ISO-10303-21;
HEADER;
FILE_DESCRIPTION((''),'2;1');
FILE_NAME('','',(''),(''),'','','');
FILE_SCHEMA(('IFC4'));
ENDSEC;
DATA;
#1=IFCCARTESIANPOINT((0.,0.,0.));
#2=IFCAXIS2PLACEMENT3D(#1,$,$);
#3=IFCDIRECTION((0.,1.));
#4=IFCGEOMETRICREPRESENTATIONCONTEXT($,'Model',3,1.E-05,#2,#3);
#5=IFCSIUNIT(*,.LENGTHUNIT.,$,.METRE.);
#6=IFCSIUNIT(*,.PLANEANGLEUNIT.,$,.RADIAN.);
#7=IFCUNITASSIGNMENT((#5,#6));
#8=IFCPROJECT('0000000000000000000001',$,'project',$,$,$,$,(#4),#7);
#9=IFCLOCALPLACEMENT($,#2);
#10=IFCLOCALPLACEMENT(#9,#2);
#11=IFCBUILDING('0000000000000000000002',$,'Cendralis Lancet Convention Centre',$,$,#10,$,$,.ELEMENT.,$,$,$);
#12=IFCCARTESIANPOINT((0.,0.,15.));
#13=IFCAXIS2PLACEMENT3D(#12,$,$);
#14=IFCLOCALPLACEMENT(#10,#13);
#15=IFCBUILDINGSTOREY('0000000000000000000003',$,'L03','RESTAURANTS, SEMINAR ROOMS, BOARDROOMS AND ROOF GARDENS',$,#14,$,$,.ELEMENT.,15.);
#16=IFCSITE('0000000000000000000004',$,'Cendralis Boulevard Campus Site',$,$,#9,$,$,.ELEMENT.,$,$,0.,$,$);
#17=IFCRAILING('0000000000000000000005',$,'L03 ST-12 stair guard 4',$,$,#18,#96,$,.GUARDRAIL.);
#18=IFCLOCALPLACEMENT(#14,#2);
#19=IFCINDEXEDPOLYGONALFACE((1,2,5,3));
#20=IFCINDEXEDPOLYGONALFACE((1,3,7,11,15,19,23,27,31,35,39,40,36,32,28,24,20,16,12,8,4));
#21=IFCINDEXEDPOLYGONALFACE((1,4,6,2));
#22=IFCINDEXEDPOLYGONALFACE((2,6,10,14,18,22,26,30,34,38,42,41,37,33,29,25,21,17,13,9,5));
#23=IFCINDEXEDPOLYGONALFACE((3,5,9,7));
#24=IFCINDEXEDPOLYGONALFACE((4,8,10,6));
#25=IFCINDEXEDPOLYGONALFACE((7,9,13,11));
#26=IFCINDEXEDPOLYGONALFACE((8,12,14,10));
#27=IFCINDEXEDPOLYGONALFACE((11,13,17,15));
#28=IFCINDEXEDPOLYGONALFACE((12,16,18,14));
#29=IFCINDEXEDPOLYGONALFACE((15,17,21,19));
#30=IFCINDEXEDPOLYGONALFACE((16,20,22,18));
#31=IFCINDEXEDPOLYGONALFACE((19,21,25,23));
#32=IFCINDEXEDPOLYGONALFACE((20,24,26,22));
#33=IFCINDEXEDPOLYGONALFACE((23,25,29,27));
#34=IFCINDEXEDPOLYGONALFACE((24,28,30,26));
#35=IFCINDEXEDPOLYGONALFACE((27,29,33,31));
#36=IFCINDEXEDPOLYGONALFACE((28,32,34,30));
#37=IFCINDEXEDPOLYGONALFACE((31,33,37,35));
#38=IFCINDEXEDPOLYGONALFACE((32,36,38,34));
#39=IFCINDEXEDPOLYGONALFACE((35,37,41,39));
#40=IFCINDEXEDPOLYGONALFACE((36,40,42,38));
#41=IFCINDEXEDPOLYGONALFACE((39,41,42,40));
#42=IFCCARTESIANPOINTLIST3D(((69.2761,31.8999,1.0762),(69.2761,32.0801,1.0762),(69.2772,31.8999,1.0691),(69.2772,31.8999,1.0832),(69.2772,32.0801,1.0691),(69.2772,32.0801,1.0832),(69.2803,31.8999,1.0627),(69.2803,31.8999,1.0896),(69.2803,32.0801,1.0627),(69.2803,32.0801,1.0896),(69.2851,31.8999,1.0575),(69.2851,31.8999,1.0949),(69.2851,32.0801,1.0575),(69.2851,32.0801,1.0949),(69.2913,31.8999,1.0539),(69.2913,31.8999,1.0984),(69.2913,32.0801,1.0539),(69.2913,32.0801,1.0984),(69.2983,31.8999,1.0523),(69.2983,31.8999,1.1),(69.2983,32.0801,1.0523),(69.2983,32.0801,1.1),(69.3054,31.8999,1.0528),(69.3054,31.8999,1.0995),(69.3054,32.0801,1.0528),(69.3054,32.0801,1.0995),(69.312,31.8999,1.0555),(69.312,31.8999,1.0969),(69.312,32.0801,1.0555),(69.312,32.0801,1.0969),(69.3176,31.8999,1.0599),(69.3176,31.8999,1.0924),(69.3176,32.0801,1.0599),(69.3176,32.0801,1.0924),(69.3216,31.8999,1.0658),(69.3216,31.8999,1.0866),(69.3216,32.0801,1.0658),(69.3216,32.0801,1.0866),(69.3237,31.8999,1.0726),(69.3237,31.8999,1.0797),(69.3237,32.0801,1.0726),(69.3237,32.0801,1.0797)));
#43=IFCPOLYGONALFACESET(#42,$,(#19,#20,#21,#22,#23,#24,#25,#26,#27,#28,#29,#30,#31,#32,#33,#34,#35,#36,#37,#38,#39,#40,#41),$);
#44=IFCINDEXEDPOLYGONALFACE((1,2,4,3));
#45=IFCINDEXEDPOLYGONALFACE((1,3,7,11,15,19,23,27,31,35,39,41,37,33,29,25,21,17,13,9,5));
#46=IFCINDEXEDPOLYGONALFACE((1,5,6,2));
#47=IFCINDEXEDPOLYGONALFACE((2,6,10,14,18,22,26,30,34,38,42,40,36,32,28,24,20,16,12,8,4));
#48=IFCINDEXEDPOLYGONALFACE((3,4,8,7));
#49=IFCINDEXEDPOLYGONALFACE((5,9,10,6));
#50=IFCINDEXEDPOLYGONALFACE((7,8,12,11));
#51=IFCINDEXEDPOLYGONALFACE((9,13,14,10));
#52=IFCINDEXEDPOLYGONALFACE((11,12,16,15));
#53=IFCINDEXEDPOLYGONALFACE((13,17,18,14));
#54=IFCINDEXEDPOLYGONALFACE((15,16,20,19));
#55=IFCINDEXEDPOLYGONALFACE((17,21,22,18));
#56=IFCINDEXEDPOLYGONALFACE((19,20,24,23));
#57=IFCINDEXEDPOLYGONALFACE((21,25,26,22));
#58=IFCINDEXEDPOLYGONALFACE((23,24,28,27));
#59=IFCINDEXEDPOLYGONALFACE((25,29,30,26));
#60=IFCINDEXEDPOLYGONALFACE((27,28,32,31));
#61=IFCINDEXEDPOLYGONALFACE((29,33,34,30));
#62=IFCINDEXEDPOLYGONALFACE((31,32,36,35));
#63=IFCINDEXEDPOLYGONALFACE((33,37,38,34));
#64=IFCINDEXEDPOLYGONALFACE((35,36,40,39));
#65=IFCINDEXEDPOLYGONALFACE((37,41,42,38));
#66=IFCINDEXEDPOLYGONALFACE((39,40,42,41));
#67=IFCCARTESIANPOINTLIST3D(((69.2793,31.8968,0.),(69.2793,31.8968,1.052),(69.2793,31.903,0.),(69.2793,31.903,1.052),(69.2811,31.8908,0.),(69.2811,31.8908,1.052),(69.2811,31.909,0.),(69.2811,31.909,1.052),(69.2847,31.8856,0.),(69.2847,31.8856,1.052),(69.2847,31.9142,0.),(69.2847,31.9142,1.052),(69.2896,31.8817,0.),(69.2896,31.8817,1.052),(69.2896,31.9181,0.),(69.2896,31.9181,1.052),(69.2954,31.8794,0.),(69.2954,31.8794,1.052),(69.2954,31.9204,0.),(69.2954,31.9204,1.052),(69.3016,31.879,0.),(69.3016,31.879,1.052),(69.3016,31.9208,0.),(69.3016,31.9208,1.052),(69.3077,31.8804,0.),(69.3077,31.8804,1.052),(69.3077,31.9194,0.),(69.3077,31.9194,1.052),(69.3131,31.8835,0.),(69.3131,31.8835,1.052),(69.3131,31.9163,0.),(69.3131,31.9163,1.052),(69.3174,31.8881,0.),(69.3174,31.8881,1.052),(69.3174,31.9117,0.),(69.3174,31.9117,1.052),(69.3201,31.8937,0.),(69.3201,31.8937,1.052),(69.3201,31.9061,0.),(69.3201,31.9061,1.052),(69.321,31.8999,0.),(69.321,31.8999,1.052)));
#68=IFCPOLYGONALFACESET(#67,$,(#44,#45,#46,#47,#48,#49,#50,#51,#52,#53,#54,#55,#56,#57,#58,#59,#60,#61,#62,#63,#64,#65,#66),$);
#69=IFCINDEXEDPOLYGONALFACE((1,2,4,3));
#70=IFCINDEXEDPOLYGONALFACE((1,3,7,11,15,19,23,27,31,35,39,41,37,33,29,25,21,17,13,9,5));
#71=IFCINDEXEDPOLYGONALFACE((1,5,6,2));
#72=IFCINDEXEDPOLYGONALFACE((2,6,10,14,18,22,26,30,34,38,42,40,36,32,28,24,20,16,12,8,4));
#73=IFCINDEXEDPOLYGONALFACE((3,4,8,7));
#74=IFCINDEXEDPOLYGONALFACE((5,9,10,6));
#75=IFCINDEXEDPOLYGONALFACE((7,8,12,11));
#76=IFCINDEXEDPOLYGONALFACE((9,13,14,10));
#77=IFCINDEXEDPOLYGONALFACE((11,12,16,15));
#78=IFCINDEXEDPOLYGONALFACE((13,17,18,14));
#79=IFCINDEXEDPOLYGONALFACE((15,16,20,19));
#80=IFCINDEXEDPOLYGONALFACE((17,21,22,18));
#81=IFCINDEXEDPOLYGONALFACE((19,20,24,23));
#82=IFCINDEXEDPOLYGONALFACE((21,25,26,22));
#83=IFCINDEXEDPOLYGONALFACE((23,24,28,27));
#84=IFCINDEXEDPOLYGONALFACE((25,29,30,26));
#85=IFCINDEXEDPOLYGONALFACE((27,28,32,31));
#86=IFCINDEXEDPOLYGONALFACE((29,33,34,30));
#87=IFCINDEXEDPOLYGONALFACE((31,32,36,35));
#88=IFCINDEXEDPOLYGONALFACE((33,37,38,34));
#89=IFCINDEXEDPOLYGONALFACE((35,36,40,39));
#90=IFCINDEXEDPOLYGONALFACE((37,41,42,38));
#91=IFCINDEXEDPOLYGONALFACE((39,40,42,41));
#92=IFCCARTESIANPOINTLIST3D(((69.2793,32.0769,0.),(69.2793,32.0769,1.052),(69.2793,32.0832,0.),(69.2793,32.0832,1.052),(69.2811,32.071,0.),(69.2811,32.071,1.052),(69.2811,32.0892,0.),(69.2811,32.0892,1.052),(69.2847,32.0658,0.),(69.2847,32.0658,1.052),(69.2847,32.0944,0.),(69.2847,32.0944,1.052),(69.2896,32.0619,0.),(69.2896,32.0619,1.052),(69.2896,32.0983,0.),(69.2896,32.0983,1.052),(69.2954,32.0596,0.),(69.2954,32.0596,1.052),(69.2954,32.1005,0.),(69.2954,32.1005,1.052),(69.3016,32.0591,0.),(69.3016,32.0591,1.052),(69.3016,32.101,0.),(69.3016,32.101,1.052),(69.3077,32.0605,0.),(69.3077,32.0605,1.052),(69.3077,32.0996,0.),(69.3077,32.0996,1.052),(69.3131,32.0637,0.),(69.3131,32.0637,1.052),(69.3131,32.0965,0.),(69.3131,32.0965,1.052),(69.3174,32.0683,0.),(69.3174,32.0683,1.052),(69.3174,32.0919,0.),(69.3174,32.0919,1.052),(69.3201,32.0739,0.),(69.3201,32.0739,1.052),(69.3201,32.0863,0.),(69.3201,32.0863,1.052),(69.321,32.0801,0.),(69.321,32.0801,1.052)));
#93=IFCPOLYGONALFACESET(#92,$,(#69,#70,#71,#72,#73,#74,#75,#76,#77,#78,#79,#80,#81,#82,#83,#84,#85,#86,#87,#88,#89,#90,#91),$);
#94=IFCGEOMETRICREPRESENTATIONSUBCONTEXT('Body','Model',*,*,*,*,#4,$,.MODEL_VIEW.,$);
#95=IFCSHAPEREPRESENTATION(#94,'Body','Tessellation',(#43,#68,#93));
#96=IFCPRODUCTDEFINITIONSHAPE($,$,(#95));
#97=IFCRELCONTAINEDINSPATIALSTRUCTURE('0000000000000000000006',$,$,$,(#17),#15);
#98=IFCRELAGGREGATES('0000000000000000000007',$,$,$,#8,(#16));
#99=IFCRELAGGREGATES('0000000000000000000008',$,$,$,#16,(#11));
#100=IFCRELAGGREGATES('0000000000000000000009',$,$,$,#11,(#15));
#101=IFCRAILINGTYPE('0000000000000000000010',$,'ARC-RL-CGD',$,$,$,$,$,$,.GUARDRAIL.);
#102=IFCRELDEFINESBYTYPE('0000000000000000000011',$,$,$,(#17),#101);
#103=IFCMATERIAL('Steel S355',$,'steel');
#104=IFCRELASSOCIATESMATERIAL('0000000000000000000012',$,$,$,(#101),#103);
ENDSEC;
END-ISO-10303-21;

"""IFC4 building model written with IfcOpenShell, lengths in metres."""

from ifc_helpers import new_model, si_unit, direction, frame, origin, origin_2d, place, context, subcontext, project, spatial, circle, extrude, material, type_object, element, save


model = new_model("IFC4")

# Units and contexts
model_context = context("Model", 3, precision=1e-05, world=origin(), true_north=direction((0.0, 1.0)))
body_context = subcontext(model_context, "Body", "Model", "MODEL_VIEW")
ifc_project = project(units=[si_unit("LENGTHUNIT", "METRE"), si_unit("PLANEANGLEUNIT", "RADIAN")], contexts=[model_context])

# Site, building, storey
site_placement = place(None, origin())
site = spatial("IfcSite", under=ifc_project, at=site_placement, Name="Cendralis Boulevard Campus Site", CompositionType="ELEMENT", RefElevation=0.0)
building_placement = place(site_placement, origin())
building = spatial("IfcBuilding", under=site, at=building_placement, Name="Cendralis Lancet Convention Centre", CompositionType="ELEMENT")
storey_placement = place(building_placement, frame((0.0, 0.0, 15.0)))
storey = spatial("IfcBuildingStorey", under=building, at=storey_placement, Name="L03", Description="RESTAURANTS, SEMINAR ROOMS, BOARDROOMS AND ROOF GARDENS", CompositionType="ELEMENT", Elevation=15.0)

# Railing
ifc_material_1 = material(Name="Steel S355", Category="steel")
railing_type_1 = type_object("IfcRailingType", Name="ARC-RL-CGD", PredefinedType="GUARDRAIL", material=ifc_material_1)
railing_1_placement = place(storey_placement, frame((69.3, 31.8999, 0.0)))
element("IfcRailing", 1, at=railing_1_placement, inside=storey, type_object=railing_type_1, Name="L03 ST-12 stair guard 4", PredefinedType="GUARDRAIL", context=body_context, shape_type="SweptSolid", body=[
    extrude(circle(Radius=0.0239, at=origin_2d()), frame((0.0, 0.0, 1.0762), z_axis=(0.0, 1.0, 0.0), x_axis=(-1.0, 0.0, 0.0)), (0.0, 0.0, 1.0), 0.1802),
    extrude(circle(Radius=0.021, at=origin_2d()), origin(), (0.0, 0.0, 1.0), 1.052),
    extrude(circle(Radius=0.021, at=origin_2d()), frame((0.0, 0.1802, 0.0)), (0.0, 0.0, 1.0), 1.052),
])

save(model, "model.ifc")
